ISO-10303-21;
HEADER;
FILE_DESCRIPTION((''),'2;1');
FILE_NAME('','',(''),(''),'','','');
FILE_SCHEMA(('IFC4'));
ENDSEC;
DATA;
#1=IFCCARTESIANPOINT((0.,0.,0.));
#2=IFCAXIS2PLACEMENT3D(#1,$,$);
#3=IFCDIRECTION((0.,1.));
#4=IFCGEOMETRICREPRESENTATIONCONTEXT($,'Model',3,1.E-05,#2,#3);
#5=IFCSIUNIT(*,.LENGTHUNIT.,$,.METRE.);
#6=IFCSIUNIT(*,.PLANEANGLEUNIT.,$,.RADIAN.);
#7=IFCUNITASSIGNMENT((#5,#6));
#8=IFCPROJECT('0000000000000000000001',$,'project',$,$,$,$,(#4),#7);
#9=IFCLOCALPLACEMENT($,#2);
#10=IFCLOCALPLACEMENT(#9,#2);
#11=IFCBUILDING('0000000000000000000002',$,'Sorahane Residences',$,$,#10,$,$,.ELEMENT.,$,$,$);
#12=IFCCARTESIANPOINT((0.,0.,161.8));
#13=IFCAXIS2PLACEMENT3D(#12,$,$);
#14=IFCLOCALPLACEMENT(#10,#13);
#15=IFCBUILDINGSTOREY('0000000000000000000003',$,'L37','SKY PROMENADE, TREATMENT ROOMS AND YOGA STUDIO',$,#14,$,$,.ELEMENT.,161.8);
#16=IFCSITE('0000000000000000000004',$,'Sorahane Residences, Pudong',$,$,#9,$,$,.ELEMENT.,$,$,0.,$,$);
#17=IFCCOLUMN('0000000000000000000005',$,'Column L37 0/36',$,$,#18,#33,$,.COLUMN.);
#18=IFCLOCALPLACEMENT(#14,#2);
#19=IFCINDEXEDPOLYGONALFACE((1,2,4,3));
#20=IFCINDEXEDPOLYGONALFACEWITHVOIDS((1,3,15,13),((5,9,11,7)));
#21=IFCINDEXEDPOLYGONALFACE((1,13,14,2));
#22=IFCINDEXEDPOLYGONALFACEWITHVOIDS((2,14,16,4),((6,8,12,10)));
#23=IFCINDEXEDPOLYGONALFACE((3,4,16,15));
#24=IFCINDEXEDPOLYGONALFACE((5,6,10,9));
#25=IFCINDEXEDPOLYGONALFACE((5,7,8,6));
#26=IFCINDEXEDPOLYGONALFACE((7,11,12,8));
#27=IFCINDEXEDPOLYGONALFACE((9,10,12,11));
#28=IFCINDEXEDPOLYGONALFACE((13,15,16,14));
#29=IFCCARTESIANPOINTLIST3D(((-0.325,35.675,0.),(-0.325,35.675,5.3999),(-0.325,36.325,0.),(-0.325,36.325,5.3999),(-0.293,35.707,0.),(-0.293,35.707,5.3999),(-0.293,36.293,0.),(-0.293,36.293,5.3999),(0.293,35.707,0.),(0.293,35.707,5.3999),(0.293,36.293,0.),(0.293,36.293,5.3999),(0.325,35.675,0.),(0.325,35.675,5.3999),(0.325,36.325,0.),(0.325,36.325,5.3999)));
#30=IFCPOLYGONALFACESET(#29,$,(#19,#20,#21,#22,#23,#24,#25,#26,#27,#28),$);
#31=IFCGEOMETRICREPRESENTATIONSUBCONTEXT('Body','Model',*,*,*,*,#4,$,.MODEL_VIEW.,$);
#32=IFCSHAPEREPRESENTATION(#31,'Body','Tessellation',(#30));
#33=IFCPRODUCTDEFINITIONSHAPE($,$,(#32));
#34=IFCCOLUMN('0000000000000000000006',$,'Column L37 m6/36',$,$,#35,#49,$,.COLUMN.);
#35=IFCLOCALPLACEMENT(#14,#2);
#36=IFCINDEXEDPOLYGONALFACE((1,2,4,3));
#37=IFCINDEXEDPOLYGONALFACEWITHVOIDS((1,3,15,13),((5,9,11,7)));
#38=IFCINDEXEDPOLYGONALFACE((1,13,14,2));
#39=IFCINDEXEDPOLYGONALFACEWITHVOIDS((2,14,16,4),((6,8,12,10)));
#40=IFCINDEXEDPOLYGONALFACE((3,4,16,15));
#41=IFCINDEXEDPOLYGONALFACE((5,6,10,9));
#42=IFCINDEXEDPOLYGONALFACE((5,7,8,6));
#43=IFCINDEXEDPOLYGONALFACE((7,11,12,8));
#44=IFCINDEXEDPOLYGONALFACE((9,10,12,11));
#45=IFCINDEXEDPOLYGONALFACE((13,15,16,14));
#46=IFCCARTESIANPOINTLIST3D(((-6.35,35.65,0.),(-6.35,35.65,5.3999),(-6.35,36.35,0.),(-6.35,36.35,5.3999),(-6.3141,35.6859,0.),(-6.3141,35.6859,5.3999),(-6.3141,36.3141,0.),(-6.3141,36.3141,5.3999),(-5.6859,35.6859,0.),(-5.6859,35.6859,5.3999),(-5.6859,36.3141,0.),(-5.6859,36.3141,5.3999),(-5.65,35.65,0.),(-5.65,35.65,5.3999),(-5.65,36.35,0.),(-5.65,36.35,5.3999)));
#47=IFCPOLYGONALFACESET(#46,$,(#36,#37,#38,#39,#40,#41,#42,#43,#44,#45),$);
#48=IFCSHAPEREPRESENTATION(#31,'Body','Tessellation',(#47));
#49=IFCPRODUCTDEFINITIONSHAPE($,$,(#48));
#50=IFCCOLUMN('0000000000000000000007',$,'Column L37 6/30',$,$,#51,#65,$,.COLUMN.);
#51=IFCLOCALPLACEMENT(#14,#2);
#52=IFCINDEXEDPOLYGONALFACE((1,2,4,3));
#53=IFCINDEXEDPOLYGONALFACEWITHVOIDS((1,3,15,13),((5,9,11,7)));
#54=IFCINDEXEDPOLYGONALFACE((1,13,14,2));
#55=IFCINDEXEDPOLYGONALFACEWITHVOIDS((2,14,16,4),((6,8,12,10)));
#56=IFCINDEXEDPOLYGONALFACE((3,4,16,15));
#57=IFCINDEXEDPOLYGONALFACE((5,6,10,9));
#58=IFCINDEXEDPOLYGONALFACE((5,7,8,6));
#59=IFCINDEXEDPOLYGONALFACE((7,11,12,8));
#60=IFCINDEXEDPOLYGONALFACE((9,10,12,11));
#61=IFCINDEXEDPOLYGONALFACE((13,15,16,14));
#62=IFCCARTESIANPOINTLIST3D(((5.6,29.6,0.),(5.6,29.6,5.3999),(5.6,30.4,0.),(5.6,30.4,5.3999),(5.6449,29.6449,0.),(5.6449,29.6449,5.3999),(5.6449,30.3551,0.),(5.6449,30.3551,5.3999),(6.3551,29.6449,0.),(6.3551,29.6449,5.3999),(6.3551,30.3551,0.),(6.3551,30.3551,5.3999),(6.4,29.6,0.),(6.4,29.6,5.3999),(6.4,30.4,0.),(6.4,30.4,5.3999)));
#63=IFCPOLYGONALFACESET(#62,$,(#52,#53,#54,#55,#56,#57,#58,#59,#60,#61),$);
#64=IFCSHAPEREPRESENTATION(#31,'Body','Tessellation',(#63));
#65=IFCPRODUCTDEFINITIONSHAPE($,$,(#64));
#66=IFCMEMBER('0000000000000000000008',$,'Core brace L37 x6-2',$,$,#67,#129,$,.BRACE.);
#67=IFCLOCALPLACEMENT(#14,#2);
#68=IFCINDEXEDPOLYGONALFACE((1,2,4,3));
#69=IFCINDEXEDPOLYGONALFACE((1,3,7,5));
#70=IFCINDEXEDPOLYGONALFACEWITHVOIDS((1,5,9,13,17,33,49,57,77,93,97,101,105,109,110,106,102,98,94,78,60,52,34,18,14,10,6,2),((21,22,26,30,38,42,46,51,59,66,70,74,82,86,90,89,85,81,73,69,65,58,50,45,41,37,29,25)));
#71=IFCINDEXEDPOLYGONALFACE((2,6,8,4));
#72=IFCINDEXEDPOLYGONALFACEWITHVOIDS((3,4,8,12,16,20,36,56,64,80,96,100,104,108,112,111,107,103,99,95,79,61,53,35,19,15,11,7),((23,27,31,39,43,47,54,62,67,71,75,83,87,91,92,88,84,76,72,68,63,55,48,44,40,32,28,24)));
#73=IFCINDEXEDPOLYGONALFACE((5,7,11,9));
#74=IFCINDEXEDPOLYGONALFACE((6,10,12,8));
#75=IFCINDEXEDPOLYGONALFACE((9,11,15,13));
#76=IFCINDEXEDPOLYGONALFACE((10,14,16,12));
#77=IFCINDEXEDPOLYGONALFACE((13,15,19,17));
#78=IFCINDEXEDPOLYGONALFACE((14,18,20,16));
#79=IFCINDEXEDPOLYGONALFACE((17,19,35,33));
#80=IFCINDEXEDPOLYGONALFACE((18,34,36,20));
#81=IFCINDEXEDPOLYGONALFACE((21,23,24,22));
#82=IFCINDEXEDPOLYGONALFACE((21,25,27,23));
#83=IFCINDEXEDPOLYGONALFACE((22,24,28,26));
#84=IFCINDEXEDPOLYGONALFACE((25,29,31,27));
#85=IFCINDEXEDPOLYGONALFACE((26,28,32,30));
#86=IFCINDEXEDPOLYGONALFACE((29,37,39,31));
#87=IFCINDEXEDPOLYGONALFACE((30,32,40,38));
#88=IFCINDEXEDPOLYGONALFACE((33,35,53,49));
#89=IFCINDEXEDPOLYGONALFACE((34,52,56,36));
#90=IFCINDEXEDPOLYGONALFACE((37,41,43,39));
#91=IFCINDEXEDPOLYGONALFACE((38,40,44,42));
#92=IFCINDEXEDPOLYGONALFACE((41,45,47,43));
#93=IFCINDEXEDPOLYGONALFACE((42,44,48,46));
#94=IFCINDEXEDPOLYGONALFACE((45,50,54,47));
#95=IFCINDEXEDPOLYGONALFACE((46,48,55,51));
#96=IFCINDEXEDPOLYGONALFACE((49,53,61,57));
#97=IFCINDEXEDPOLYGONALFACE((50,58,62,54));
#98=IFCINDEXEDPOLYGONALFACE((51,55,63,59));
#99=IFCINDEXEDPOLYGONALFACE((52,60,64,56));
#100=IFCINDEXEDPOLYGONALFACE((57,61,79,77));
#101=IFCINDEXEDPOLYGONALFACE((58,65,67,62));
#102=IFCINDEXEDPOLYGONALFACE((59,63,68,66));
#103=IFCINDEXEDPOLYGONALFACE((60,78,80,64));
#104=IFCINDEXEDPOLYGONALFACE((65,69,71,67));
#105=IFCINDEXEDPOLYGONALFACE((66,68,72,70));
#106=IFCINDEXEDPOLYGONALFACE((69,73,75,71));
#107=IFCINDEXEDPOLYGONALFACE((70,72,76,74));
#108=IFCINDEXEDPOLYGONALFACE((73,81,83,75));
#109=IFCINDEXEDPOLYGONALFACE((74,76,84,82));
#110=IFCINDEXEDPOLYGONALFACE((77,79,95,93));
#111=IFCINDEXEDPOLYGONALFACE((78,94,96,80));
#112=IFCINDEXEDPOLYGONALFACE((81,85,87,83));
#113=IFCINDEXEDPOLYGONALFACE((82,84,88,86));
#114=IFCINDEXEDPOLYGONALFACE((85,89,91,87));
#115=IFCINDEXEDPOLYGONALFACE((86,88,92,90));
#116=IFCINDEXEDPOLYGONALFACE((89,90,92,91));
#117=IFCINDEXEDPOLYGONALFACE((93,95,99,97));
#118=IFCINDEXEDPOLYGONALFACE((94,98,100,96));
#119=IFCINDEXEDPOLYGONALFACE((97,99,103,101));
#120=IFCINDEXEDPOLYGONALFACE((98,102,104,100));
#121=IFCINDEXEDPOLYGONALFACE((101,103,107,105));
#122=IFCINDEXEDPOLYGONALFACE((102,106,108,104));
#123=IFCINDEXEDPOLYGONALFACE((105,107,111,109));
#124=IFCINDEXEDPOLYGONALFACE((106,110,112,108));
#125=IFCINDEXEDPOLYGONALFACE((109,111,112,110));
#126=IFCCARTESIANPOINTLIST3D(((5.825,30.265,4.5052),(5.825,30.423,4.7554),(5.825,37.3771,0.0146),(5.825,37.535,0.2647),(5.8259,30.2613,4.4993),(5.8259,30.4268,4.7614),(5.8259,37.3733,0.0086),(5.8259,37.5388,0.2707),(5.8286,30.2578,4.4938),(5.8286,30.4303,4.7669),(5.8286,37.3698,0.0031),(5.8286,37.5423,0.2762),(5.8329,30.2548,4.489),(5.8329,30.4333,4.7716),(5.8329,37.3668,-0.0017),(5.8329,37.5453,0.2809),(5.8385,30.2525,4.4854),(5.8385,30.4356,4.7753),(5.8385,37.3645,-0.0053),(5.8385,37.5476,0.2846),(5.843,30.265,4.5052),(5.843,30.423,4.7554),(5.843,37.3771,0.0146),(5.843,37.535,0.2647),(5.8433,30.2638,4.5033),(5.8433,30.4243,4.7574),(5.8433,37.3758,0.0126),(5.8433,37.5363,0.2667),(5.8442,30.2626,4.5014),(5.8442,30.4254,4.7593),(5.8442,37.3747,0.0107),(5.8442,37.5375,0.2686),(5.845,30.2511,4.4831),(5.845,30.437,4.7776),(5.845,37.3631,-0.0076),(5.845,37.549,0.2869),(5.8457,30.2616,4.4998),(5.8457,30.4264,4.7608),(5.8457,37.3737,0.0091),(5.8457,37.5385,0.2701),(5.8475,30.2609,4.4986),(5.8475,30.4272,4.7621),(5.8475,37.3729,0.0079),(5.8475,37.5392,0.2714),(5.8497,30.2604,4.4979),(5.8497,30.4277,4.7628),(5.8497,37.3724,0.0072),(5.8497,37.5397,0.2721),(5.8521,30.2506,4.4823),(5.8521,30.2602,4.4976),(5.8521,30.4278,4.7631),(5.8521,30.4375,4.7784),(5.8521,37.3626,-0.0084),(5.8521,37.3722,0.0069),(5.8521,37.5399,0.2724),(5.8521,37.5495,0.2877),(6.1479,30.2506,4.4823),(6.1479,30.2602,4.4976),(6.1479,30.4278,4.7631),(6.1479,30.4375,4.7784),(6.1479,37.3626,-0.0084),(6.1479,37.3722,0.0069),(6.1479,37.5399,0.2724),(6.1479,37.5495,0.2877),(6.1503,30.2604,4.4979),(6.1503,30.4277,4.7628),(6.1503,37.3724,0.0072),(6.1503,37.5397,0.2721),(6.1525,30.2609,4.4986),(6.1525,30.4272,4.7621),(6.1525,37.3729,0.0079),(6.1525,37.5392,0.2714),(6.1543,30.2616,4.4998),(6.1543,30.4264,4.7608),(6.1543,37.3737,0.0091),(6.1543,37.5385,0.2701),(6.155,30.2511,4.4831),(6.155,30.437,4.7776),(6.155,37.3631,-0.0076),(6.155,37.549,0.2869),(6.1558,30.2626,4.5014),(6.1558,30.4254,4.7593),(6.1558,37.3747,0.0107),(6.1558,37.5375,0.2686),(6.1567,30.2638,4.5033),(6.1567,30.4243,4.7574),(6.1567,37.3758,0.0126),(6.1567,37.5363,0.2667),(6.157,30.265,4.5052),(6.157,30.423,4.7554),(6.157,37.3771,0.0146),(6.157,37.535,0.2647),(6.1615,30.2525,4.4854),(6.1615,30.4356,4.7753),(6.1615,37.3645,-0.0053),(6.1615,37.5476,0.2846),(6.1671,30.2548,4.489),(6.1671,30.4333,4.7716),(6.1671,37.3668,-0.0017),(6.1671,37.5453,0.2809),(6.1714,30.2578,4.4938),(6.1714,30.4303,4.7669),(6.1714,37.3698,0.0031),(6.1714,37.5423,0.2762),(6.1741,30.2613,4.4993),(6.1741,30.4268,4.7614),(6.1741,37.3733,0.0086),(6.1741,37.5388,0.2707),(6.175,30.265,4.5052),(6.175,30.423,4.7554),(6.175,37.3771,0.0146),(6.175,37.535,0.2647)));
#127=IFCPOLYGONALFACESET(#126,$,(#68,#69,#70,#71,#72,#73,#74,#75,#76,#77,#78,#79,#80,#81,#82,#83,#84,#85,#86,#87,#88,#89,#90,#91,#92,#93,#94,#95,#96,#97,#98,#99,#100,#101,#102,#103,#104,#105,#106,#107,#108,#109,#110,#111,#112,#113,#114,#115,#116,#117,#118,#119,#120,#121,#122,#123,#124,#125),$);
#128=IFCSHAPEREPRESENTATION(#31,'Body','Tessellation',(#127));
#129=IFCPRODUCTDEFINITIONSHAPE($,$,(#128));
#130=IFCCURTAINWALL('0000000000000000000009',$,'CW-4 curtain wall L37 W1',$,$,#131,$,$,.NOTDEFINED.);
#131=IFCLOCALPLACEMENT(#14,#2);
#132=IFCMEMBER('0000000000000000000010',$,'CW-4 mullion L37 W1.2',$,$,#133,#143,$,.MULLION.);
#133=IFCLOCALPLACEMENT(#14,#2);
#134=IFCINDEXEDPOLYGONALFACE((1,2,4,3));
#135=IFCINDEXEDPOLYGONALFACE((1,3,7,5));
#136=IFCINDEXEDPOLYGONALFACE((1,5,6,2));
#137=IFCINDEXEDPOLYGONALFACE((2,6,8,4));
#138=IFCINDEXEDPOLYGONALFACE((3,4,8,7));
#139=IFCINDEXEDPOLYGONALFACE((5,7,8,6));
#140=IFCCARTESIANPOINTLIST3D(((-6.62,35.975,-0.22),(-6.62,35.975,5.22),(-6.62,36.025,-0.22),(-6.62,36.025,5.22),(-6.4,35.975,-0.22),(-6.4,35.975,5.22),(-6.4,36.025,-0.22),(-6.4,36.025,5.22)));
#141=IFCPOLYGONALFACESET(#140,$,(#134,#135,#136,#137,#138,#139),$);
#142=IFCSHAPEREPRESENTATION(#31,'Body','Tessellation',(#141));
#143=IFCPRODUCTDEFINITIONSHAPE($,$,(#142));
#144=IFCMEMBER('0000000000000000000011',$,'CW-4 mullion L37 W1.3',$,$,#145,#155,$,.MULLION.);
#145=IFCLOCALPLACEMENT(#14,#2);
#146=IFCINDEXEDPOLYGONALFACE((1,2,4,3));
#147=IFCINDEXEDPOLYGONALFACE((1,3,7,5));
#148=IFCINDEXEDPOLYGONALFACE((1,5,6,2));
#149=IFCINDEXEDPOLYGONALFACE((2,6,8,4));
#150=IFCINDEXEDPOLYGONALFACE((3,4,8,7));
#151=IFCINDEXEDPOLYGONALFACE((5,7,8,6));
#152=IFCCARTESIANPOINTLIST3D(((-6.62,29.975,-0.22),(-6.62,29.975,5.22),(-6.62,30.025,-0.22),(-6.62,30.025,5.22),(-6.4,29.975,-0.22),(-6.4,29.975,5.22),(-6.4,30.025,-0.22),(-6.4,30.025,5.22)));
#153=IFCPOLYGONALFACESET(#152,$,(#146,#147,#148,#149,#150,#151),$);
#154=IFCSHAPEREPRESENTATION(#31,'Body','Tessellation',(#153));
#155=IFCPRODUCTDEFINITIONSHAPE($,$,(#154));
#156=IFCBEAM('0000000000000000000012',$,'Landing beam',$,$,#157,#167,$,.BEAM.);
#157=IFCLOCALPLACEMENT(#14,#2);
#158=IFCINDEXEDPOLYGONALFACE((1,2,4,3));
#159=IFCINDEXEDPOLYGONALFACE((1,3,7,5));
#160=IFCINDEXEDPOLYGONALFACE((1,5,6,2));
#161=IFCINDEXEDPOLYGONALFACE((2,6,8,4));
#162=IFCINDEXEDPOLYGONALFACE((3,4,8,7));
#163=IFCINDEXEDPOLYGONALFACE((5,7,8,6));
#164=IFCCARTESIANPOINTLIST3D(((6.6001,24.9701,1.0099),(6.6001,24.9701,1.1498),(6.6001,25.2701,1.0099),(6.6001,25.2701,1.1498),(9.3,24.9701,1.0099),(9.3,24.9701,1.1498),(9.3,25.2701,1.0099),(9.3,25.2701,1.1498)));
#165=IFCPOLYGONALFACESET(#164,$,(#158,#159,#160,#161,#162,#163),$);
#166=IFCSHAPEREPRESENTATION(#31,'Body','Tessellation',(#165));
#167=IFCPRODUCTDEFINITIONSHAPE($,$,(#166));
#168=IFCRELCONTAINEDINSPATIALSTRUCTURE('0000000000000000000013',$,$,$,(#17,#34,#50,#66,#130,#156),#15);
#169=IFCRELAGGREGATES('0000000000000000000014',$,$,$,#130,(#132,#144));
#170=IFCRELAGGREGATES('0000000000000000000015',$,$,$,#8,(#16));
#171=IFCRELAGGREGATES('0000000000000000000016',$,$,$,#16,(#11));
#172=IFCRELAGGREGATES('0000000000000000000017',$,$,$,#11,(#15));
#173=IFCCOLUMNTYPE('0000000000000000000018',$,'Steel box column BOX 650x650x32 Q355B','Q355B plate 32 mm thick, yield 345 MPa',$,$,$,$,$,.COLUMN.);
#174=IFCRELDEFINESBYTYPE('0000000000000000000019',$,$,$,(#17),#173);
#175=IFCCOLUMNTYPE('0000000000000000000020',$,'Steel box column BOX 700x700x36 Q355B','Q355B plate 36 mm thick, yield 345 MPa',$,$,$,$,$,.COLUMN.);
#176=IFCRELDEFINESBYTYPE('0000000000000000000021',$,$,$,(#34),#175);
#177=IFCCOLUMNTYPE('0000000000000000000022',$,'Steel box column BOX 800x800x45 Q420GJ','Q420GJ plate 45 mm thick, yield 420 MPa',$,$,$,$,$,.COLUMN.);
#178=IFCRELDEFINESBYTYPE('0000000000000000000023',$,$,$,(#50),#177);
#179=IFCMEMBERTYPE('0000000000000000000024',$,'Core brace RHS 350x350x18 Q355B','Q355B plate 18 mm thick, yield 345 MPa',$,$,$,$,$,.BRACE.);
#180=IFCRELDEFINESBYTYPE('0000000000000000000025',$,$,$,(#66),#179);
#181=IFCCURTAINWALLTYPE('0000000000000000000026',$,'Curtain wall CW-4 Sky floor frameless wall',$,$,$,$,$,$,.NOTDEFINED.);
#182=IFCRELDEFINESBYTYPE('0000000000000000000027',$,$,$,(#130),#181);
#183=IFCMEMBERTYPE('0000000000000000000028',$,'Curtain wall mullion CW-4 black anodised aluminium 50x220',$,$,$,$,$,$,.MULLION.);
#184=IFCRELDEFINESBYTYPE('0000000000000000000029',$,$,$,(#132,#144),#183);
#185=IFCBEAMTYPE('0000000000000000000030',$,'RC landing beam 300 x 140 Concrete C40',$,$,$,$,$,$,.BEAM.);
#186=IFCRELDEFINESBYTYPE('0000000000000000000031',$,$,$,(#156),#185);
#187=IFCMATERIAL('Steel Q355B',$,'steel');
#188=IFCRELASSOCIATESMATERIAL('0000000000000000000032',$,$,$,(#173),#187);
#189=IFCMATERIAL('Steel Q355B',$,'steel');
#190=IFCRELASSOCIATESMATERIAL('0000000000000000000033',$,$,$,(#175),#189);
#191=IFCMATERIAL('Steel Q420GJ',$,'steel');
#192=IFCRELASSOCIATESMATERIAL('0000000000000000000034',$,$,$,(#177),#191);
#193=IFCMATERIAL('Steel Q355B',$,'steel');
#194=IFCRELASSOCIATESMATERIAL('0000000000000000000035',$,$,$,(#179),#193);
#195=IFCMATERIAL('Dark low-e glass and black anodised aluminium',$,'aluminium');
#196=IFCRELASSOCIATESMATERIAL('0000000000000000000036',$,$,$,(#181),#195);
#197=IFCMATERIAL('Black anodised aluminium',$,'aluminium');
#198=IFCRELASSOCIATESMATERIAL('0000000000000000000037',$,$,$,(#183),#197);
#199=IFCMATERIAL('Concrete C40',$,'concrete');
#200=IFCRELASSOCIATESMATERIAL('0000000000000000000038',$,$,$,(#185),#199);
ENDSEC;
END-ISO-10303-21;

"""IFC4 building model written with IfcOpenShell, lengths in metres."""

from ifc_helpers import new_model, si_unit, direction, frame, origin, origin_2d, place, context, subcontext, project, spatial, rectangle, hollow_rectangle, extrude, material, material_profile, profile_set, type_object, element, aggregate, save


model = new_model("IFC4")

# Units and contexts
model_context = context("Model", 3, precision=1e-05, world=origin(), true_north=direction((0.0, 1.0)))
body_context = subcontext(model_context, "Body", "Model", "MODEL_VIEW")
ifc_project = project(units=[si_unit("LENGTHUNIT", "METRE"), si_unit("PLANEANGLEUNIT", "RADIAN")], contexts=[model_context])

# Site, building, storey
site_placement = place(None, origin())
site = spatial("IfcSite", under=ifc_project, at=site_placement, Name="Sorahane Residences, Pudong", CompositionType="ELEMENT", RefElevation=0.0)
building_placement = place(site_placement, origin())
building = spatial("IfcBuilding", under=site, at=building_placement, Name="Sorahane Residences", CompositionType="ELEMENT")
storey_placement = place(building_placement, frame((0.0, 0.0, 161.8)))
storey = spatial("IfcBuildingStorey", under=building, at=storey_placement, Name="L37", Description="SKY PROMENADE, TREATMENT ROOMS AND YOGA STUDIO", CompositionType="ELEMENT", Elevation=161.8)

# Columns
ifc_material_1 = material(Name="Steel Q355B", Category="steel")
ifc_material_profile_1 = material_profile(ifc_material_1, hollow_rectangle(XDim=0.6499, YDim=0.6499, WallThickness=0.032, at=origin_2d()), Name="BOX 650x650x32")
ifc_profile_set_1 = profile_set([ifc_material_profile_1], Name="Steel Q355B")
column_type_1 = type_object("IfcColumnType", Name="Steel box column BOX 650x650x32 Q355B", Description="Q355B plate 32 mm thick, yield 345 MPa", PredefinedType="COLUMN", material=ifc_profile_set_1)
column_1_placement = place(storey_placement, frame((0.0, 36.0, 0.0), z_axis=(0.0, 0.0, 1.0), x_axis=(1.0, 0.0, 0.0)))
element("IfcColumn", 1, at=column_1_placement, inside=storey, type_object=column_type_1, Name="Column L37 0/36", PredefinedType="COLUMN", context=body_context, shape_type="SweptSolid", body=[
    extrude(hollow_rectangle(XDim=0.6499, YDim=0.6499, WallThickness=0.032, at=origin_2d()), origin(), (0.0, 0.0, 1.0), 5.3999),
])
ifc_material_2 = material(Name="Steel Q355B", Category="steel")
ifc_material_profile_2 = material_profile(ifc_material_2, hollow_rectangle(XDim=0.7, YDim=0.7, WallThickness=0.0359, at=origin_2d()), Name="BOX 700x700x36")
ifc_profile_set_2 = profile_set([ifc_material_profile_2], Name="Steel Q355B")
column_type_2 = type_object("IfcColumnType", Name="Steel box column BOX 700x700x36 Q355B", Description="Q355B plate 36 mm thick, yield 345 MPa", PredefinedType="COLUMN", material=ifc_profile_set_2)
column_2_placement = place(storey_placement, frame((-6.0, 36.0, 0.0), z_axis=(0.0, 0.0, 1.0), x_axis=(1.0, 0.0, 0.0)))
element("IfcColumn", 2, at=column_2_placement, inside=storey, type_object=column_type_2, Name="Column L37 m6/36", PredefinedType="COLUMN", context=body_context, shape_type="SweptSolid", body=[
    extrude(hollow_rectangle(XDim=0.7, YDim=0.7, WallThickness=0.0359, at=origin_2d()), origin(), (0.0, 0.0, 1.0), 5.3999),
])
ifc_material_3 = material(Name="Steel Q420GJ", Category="steel")
ifc_material_profile_3 = material_profile(ifc_material_3, hollow_rectangle(XDim=0.8, YDim=0.8, WallThickness=0.0449, at=origin_2d()), Name="BOX 800x800x45")
ifc_profile_set_3 = profile_set([ifc_material_profile_3], Name="Steel Q420GJ")
column_type_3 = type_object("IfcColumnType", Name="Steel box column BOX 800x800x45 Q420GJ", Description="Q420GJ plate 45 mm thick, yield 420 MPa", PredefinedType="COLUMN", material=ifc_profile_set_3)
column_3_placement = place(storey_placement, frame((6.0, 30.0, 0.0), z_axis=(0.0, 0.0, 1.0), x_axis=(1.0, 0.0, 0.0)))
element("IfcColumn", 3, at=column_3_placement, inside=storey, type_object=column_type_3, Name="Column L37 6/30", PredefinedType="COLUMN", context=body_context, shape_type="SweptSolid", body=[
    extrude(hollow_rectangle(XDim=0.8, YDim=0.8, WallThickness=0.0449, at=origin_2d()), origin(), (0.0, 0.0, 1.0), 5.3999),
])

# Member
ifc_material_4 = material(Name="Steel Q355B", Category="steel")
ifc_material_profile_4 = material_profile(ifc_material_4, hollow_rectangle(XDim=0.3501, YDim=0.3501, WallThickness=0.0181, InnerFilletRadius=0.009, OuterFilletRadius=0.0271, at=origin_2d()), Name="RHS 350x350x18")
ifc_profile_set_4 = profile_set([ifc_material_profile_4], Name="Steel Q355B")
member_type_1 = type_object("IfcMemberType", Name="Core brace RHS 350x350x18 Q355B", Description="Q355B plate 18 mm thick, yield 345 MPa", PredefinedType="BRACE", material=ifc_profile_set_4)
member_1_placement = place(storey_placement, frame((6.0, 37.4561, 0.1396), z_axis=(0.0, -0.845548, 0.533899), x_axis=(1.0, 0.0, 0.0)))
element("IfcMember", 4, at=member_1_placement, inside=storey, type_object=member_type_1, Name="Core brace L37 x6-2", PredefinedType="BRACE", context=body_context, shape_type="SweptSolid", body=[
    extrude(hollow_rectangle(XDim=0.3501, YDim=0.3501, WallThickness=0.0181, InnerFilletRadius=0.009, OuterFilletRadius=0.0271, at=origin_2d()), origin(), (0.0, 0.0, 1.0), 8.4111),
])

# Curtain wall, members
ifc_material_5 = material(Name="Dark low-e glass and black anodised aluminium", Category="aluminium")
curtain_wall_type = type_object("IfcCurtainWallType", Name="Curtain wall CW-4 Sky floor frameless wall", PredefinedType="NOTDEFINED", material=ifc_material_5)
curtain_wall_placement = place(storey_placement, origin())
curtain_wall = element("IfcCurtainWall", 5, at=curtain_wall_placement, inside=storey, type_object=curtain_wall_type, Name="CW-4 curtain wall L37 W1", PredefinedType="NOTDEFINED")
ifc_material_6 = material(Name="Black anodised aluminium", Category="aluminium")
ifc_material_profile_5 = material_profile(ifc_material_6, rectangle(XDim=0.22, YDim=0.05, at=origin_2d()), Name="Curtain wall mullion CW-4 black anodised aluminium 50x220")
ifc_profile_set_5 = profile_set([ifc_material_profile_5], Name="Black anodised aluminium")
member_type_2 = type_object("IfcMemberType", Name="Curtain wall mullion CW-4 black anodised aluminium 50x220", PredefinedType="MULLION", material=ifc_profile_set_5)
member_2_placement = place(storey_placement, frame((-6.51, 36.0, -0.22), z_axis=(0.0, 0.0, 1.0), x_axis=(-1.0, 0.0, 0.0)))
member_2 = element("IfcMember", 6, at=member_2_placement, type_object=member_type_2, Name="CW-4 mullion L37 W1.2", PredefinedType="MULLION", context=body_context, shape_type="SweptSolid", body=[
    extrude(rectangle(XDim=0.22, YDim=0.05, at=origin_2d()), origin(), (0.0, 0.0, 1.0), 5.4399),
])
member_3_placement = place(storey_placement, frame((-6.51, 30.0, -0.22), z_axis=(0.0, 0.0, 1.0), x_axis=(-1.0, 0.0, 0.0)))
member_3 = element("IfcMember", 7, at=member_3_placement, type_object=member_type_2, Name="CW-4 mullion L37 W1.3", PredefinedType="MULLION", context=body_context, shape_type="SweptSolid", body=[
    extrude(rectangle(XDim=0.22, YDim=0.05, at=origin_2d()), origin(), (0.0, 0.0, 1.0), 5.4399),
])

# Beam
ifc_material_7 = material(Name="Concrete C40", Category="concrete")
ifc_material_profile_6 = material_profile(ifc_material_7, rectangle(XDim=0.3, YDim=0.1399, at=origin_2d()), Name="300x140")
ifc_profile_set_6 = profile_set([ifc_material_profile_6], Name="Concrete C40")
beam_type_1 = type_object("IfcBeamType", Name="RC landing beam 300 x 140 Concrete C40", PredefinedType="BEAM", material=ifc_profile_set_6)
beam_1_placement = place(storey_placement, frame((6.6001, 25.1201, 1.0798), z_axis=(1.0, 0.0, 0.0), x_axis=(0.0, 1.0, 0.0)))
element("IfcBeam", 8, at=beam_1_placement, inside=storey, type_object=beam_type_1, Name="Landing beam", PredefinedType="BEAM", context=body_context, shape_type="SweptSolid", body=[
    extrude(rectangle(XDim=0.3, YDim=0.1399, at=origin_2d()), origin(), (0.0, 0.0, 1.0), 2.7),
])

aggregate(curtain_wall, [member_2, member_3])

save(model, "model.ifc")
